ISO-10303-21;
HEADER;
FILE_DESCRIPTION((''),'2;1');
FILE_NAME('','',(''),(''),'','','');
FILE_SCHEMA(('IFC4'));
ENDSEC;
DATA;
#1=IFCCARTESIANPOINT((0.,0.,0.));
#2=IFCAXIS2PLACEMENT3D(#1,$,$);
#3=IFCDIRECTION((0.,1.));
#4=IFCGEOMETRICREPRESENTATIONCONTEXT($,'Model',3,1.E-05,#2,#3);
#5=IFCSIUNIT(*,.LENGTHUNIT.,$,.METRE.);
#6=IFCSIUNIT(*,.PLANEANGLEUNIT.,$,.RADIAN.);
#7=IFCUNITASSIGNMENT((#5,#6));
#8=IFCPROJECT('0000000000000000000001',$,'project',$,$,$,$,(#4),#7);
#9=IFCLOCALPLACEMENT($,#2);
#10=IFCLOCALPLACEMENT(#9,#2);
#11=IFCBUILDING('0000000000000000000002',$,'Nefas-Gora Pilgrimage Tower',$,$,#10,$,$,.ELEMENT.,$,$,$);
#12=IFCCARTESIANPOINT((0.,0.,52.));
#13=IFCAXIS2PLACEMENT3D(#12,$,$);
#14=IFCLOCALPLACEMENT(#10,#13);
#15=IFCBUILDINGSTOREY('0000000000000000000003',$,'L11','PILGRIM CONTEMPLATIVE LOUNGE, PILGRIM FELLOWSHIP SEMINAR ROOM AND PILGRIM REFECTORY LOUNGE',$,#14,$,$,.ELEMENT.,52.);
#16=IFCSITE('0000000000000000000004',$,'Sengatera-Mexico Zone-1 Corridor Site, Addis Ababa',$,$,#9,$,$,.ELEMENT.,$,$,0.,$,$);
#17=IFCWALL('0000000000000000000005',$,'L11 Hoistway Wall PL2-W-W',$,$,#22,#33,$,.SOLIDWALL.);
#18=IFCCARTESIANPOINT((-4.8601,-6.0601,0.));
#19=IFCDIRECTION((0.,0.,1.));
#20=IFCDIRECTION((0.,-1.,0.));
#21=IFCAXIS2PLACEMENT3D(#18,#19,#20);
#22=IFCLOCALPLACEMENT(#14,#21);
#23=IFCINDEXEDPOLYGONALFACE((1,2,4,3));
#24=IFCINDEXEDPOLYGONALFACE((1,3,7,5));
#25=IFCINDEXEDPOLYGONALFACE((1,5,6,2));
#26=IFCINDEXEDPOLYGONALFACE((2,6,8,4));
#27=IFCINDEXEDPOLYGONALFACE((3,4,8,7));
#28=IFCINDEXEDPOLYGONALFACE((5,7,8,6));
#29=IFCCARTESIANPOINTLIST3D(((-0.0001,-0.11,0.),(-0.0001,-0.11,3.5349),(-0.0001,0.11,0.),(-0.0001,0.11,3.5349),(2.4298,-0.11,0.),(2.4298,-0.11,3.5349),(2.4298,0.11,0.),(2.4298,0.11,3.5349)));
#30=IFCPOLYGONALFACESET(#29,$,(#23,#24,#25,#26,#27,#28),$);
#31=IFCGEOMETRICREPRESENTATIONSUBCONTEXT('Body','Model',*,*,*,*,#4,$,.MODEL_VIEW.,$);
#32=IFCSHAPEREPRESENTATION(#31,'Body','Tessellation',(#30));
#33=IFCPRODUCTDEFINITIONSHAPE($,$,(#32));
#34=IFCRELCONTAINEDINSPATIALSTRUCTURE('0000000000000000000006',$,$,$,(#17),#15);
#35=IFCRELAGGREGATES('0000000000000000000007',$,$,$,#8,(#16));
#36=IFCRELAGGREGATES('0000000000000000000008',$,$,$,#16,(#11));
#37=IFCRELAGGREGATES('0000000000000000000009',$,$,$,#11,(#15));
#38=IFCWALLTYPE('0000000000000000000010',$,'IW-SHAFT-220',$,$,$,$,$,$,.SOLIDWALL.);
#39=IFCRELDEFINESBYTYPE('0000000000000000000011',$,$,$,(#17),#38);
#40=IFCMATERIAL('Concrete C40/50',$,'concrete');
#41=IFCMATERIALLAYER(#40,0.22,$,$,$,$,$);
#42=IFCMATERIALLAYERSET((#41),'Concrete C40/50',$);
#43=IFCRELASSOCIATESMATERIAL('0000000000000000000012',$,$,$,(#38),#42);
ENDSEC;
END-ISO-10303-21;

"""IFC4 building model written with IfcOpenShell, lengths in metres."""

from ifc_helpers import new_model, si_unit, direction, frame, frame_2d, origin, place, context, subcontext, project, spatial, rectangle, extrude, source, transform, mapped, material, layer, layer_set, type_object, element, save


model = new_model("IFC4")

# Units and contexts
model_context = context("Model", 3, precision=1e-05, world=origin(), true_north=direction((0.0, 1.0)))
body_context = subcontext(model_context, "Body", "Model", "MODEL_VIEW")
ifc_project = project(units=[si_unit("LENGTHUNIT", "METRE"), si_unit("PLANEANGLEUNIT", "RADIAN")], contexts=[model_context])

# Site, building, storey
site_placement = place(None, origin())
site = spatial("IfcSite", under=ifc_project, at=site_placement, Name="Sengatera-Mexico Zone-1 Corridor Site, Addis Ababa", CompositionType="ELEMENT", RefElevation=0.0)
building_placement = place(site_placement, origin())
building = spatial("IfcBuilding", under=site, at=building_placement, Name="Nefas-Gora Pilgrimage Tower", CompositionType="ELEMENT")
storey_placement = place(building_placement, frame((0.0, 0.0, 52.0)))
storey = spatial("IfcBuildingStorey", under=building, at=storey_placement, Name="L11", Description="PILGRIM CONTEMPLATIVE LOUNGE, PILGRIM FELLOWSHIP SEMINAR ROOM AND PILGRIM REFECTORY LOUNGE", CompositionType="ELEMENT", Elevation=52.0)

# Wall
ifc_material_1 = material(Name="Concrete C40/50", Category="concrete")
ifc_layer_1 = layer(ifc_material_1, 0.22)
ifc_layer_set_1 = layer_set([ifc_layer_1], Name="Concrete C40/50")
wall_type_1 = type_object("IfcWallType", Name="IW-SHAFT-220", PredefinedType="SOLIDWALL", material=ifc_layer_set_1)
shared_shape_1 = source(origin(), body_context, "Body", "SweptSolid", [
    extrude(rectangle(XDim=2.4299, YDim=0.22, at=frame_2d((1.2148, 0.0))), origin(), (0.0, 0.0, 1.0), 3.5349),
])
for number, where, z_axis, x_axis, name in (
    (1, (-4.8601, -6.0601, 0.0), (0.0, 0.0, 1.0), (0.0, -1.0, 0.0), "L11 Hoistway Wall PL2-W-W"),
):
    element("IfcWall", number, at=place(storey_placement, frame(where, z_axis=z_axis, x_axis=x_axis)), inside=storey, type_object=wall_type_1, Name=name, PredefinedType="SOLIDWALL", context=body_context, shape_type="MappedRepresentation", body=[
        mapped(shared_shape_1, transform((0.0, 0.0, 0.0), x_axis=(1.0, 0.0, 0.0), y_axis=(0.0, 1.0, 0.0), z_axis=(0.0, 0.0, 1.0), scale=1.0)),
    ])

save(model, "model.ifc")
